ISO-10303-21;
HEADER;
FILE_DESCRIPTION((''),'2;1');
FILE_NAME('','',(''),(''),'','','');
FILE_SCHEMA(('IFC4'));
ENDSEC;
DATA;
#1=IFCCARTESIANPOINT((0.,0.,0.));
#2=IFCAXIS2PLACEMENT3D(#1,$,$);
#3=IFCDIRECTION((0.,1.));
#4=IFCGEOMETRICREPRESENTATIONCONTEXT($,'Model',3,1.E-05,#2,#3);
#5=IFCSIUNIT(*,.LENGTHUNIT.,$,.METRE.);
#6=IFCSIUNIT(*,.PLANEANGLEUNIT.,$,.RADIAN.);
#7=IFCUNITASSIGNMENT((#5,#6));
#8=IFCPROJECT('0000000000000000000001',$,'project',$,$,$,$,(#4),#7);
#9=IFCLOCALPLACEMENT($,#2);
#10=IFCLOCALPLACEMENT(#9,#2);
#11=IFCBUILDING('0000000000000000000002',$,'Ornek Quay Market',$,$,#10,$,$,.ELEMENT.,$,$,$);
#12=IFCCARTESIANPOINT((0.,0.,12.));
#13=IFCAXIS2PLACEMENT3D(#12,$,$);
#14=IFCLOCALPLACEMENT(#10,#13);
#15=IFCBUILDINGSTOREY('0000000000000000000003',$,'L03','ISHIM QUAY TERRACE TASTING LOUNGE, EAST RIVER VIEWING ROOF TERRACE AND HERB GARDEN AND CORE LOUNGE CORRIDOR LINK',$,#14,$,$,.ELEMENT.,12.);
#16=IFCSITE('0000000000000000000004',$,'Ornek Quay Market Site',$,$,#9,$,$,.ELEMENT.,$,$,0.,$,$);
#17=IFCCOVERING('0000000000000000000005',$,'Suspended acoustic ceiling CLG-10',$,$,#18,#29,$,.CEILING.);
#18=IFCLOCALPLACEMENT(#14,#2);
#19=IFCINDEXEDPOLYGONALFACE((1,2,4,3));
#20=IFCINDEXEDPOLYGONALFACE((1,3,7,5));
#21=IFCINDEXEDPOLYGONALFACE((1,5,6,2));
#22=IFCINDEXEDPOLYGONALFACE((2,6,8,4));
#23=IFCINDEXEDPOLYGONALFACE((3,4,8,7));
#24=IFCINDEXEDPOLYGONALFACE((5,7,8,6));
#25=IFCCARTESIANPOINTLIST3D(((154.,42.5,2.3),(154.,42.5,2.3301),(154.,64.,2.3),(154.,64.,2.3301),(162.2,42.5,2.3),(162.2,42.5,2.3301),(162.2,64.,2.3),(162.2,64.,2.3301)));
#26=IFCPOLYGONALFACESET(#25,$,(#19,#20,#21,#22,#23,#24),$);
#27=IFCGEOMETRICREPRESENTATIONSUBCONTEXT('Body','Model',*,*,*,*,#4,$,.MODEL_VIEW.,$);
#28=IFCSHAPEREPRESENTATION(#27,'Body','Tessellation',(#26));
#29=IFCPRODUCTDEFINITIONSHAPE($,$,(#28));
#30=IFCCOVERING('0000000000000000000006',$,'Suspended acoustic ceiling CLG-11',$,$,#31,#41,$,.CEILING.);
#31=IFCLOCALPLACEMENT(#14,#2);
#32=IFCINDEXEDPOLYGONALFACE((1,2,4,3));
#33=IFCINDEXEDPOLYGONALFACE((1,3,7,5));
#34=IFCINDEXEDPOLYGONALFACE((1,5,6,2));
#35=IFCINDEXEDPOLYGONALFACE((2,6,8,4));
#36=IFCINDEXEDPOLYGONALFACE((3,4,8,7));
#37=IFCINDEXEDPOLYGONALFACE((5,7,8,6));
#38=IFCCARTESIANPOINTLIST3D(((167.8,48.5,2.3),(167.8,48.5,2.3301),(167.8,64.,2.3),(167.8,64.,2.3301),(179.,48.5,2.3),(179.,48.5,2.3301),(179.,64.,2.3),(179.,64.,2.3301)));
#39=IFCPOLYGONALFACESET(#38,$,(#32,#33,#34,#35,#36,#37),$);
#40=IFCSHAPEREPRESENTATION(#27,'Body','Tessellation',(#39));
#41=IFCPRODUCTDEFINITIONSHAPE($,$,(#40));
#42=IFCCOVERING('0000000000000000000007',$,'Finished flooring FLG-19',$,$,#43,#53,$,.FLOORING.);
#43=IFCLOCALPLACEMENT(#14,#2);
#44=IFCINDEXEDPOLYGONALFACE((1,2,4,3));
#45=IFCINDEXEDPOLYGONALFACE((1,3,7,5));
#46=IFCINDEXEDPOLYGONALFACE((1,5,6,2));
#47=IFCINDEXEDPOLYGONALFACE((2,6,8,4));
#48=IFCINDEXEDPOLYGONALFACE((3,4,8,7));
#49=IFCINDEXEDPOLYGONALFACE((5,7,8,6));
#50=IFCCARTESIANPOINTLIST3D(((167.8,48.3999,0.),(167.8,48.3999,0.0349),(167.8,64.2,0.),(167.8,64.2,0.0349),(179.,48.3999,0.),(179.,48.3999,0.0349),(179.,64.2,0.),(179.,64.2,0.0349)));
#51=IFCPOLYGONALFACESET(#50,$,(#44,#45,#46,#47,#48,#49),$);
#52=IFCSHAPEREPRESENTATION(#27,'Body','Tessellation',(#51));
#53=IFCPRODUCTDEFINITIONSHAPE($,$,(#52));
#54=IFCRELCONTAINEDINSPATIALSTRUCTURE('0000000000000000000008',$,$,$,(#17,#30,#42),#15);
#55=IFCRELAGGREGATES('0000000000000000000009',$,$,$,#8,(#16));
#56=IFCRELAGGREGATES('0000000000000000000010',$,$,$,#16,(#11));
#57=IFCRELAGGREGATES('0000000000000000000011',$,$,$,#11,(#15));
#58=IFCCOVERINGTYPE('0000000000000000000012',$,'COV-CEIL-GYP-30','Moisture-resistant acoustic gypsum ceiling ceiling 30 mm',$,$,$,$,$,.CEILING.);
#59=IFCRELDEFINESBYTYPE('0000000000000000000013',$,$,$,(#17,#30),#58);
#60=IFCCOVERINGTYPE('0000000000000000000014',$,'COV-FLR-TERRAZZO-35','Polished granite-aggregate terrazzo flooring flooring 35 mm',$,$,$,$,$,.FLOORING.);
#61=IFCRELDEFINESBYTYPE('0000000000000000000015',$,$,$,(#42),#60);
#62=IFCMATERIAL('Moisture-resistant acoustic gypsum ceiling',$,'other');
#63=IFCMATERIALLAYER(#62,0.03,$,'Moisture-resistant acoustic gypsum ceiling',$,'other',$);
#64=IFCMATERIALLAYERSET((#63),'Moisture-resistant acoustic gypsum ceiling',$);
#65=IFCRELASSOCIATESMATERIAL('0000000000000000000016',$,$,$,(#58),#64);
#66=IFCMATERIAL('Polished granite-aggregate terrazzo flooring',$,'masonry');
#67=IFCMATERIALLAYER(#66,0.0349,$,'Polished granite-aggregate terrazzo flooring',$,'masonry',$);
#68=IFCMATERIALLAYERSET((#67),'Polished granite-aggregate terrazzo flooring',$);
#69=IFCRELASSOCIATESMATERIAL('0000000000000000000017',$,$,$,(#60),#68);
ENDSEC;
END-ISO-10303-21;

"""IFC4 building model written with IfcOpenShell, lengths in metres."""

from ifc_helpers import new_model, si_unit, direction, frame, origin, place, context, subcontext, project, spatial, polyline, outline, extrude, material, layer, layer_set, type_object, element, save


model = new_model("IFC4")

# Units and contexts
model_context = context("Model", 3, precision=1e-05, world=origin(), true_north=direction((0.0, 1.0)))
body_context = subcontext(model_context, "Body", "Model", "MODEL_VIEW")
ifc_project = project(units=[si_unit("LENGTHUNIT", "METRE"), si_unit("PLANEANGLEUNIT", "RADIAN")], contexts=[model_context])

# Site, building, storey
site_placement = place(None, origin())
site = spatial("IfcSite", under=ifc_project, at=site_placement, Name="Ornek Quay Market Site", CompositionType="ELEMENT", RefElevation=0.0)
building_placement = place(site_placement, origin())
building = spatial("IfcBuilding", under=site, at=building_placement, Name="Ornek Quay Market", CompositionType="ELEMENT")
storey_placement = place(building_placement, frame((0.0, 0.0, 12.0)))
storey = spatial("IfcBuildingStorey", under=building, at=storey_placement, Name="L03", Description="ISHIM QUAY TERRACE TASTING LOUNGE, EAST RIVER VIEWING ROOF TERRACE AND HERB GARDEN AND CORE LOUNGE CORRIDOR LINK", CompositionType="ELEMENT", Elevation=12.0)

# Coverings
ifc_material_1 = material(Name="Moisture-resistant acoustic gypsum ceiling", Category="other")
ifc_layer_1 = layer(ifc_material_1, 0.03, Name="Moisture-resistant acoustic gypsum ceiling", Category="other")
ifc_layer_set_1 = layer_set([ifc_layer_1], Name="Moisture-resistant acoustic gypsum ceiling")
covering_type_1 = type_object("IfcCoveringType", Name="COV-CEIL-GYP-30", Description="Moisture-resistant acoustic gypsum ceiling ceiling 30 mm", PredefinedType="CEILING", material=ifc_layer_set_1)
covering_1_placement = place(storey_placement, frame((0.0, 0.0, 2.3)))
element("IfcCovering", 1, at=covering_1_placement, inside=storey, type_object=covering_type_1, Name="Suspended acoustic ceiling CLG-10", PredefinedType="CEILING", context=body_context, shape_type="SweptSolid", body=[
    extrude(outline(polyline([(154.0, 42.5), (162.2, 42.5), (162.2, 64.0), (154.0, 64.0), (154.0, 42.5)])), origin(), (0.0, 0.0, 1.0), 0.03),
])
covering_2_placement = place(storey_placement, frame((0.0, 0.0, 2.3)))
element("IfcCovering", 2, at=covering_2_placement, inside=storey, type_object=covering_type_1, Name="Suspended acoustic ceiling CLG-11", PredefinedType="CEILING", context=body_context, shape_type="SweptSolid", body=[
    extrude(outline(polyline([(167.8, 48.5), (179.0, 48.5), (179.0, 64.0), (167.8, 64.0), (167.8, 48.5)])), origin(), (0.0, 0.0, 1.0), 0.03),
])
ifc_material_2 = material(Name="Polished granite-aggregate terrazzo flooring", Category="masonry")
ifc_layer_2 = layer(ifc_material_2, 0.0349, Name="Polished granite-aggregate terrazzo flooring", Category="masonry")
ifc_layer_set_2 = layer_set([ifc_layer_2], Name="Polished granite-aggregate terrazzo flooring")
covering_type_2 = type_object("IfcCoveringType", Name="COV-FLR-TERRAZZO-35", Description="Polished granite-aggregate terrazzo flooring flooring 35 mm", PredefinedType="FLOORING", material=ifc_layer_set_2)
covering_3_placement = place(storey_placement, origin())
element("IfcCovering", 3, at=covering_3_placement, inside=storey, type_object=covering_type_2, Name="Finished flooring FLG-19", PredefinedType="FLOORING", context=body_context, shape_type="SweptSolid", body=[
    extrude(outline(polyline([(167.8, 48.3999), (179.0, 48.3999), (179.0, 64.2), (167.8, 64.2), (167.8, 48.3999)])), origin(), (0.0, 0.0, 1.0), 0.0349),
])

save(model, "model.ifc")
